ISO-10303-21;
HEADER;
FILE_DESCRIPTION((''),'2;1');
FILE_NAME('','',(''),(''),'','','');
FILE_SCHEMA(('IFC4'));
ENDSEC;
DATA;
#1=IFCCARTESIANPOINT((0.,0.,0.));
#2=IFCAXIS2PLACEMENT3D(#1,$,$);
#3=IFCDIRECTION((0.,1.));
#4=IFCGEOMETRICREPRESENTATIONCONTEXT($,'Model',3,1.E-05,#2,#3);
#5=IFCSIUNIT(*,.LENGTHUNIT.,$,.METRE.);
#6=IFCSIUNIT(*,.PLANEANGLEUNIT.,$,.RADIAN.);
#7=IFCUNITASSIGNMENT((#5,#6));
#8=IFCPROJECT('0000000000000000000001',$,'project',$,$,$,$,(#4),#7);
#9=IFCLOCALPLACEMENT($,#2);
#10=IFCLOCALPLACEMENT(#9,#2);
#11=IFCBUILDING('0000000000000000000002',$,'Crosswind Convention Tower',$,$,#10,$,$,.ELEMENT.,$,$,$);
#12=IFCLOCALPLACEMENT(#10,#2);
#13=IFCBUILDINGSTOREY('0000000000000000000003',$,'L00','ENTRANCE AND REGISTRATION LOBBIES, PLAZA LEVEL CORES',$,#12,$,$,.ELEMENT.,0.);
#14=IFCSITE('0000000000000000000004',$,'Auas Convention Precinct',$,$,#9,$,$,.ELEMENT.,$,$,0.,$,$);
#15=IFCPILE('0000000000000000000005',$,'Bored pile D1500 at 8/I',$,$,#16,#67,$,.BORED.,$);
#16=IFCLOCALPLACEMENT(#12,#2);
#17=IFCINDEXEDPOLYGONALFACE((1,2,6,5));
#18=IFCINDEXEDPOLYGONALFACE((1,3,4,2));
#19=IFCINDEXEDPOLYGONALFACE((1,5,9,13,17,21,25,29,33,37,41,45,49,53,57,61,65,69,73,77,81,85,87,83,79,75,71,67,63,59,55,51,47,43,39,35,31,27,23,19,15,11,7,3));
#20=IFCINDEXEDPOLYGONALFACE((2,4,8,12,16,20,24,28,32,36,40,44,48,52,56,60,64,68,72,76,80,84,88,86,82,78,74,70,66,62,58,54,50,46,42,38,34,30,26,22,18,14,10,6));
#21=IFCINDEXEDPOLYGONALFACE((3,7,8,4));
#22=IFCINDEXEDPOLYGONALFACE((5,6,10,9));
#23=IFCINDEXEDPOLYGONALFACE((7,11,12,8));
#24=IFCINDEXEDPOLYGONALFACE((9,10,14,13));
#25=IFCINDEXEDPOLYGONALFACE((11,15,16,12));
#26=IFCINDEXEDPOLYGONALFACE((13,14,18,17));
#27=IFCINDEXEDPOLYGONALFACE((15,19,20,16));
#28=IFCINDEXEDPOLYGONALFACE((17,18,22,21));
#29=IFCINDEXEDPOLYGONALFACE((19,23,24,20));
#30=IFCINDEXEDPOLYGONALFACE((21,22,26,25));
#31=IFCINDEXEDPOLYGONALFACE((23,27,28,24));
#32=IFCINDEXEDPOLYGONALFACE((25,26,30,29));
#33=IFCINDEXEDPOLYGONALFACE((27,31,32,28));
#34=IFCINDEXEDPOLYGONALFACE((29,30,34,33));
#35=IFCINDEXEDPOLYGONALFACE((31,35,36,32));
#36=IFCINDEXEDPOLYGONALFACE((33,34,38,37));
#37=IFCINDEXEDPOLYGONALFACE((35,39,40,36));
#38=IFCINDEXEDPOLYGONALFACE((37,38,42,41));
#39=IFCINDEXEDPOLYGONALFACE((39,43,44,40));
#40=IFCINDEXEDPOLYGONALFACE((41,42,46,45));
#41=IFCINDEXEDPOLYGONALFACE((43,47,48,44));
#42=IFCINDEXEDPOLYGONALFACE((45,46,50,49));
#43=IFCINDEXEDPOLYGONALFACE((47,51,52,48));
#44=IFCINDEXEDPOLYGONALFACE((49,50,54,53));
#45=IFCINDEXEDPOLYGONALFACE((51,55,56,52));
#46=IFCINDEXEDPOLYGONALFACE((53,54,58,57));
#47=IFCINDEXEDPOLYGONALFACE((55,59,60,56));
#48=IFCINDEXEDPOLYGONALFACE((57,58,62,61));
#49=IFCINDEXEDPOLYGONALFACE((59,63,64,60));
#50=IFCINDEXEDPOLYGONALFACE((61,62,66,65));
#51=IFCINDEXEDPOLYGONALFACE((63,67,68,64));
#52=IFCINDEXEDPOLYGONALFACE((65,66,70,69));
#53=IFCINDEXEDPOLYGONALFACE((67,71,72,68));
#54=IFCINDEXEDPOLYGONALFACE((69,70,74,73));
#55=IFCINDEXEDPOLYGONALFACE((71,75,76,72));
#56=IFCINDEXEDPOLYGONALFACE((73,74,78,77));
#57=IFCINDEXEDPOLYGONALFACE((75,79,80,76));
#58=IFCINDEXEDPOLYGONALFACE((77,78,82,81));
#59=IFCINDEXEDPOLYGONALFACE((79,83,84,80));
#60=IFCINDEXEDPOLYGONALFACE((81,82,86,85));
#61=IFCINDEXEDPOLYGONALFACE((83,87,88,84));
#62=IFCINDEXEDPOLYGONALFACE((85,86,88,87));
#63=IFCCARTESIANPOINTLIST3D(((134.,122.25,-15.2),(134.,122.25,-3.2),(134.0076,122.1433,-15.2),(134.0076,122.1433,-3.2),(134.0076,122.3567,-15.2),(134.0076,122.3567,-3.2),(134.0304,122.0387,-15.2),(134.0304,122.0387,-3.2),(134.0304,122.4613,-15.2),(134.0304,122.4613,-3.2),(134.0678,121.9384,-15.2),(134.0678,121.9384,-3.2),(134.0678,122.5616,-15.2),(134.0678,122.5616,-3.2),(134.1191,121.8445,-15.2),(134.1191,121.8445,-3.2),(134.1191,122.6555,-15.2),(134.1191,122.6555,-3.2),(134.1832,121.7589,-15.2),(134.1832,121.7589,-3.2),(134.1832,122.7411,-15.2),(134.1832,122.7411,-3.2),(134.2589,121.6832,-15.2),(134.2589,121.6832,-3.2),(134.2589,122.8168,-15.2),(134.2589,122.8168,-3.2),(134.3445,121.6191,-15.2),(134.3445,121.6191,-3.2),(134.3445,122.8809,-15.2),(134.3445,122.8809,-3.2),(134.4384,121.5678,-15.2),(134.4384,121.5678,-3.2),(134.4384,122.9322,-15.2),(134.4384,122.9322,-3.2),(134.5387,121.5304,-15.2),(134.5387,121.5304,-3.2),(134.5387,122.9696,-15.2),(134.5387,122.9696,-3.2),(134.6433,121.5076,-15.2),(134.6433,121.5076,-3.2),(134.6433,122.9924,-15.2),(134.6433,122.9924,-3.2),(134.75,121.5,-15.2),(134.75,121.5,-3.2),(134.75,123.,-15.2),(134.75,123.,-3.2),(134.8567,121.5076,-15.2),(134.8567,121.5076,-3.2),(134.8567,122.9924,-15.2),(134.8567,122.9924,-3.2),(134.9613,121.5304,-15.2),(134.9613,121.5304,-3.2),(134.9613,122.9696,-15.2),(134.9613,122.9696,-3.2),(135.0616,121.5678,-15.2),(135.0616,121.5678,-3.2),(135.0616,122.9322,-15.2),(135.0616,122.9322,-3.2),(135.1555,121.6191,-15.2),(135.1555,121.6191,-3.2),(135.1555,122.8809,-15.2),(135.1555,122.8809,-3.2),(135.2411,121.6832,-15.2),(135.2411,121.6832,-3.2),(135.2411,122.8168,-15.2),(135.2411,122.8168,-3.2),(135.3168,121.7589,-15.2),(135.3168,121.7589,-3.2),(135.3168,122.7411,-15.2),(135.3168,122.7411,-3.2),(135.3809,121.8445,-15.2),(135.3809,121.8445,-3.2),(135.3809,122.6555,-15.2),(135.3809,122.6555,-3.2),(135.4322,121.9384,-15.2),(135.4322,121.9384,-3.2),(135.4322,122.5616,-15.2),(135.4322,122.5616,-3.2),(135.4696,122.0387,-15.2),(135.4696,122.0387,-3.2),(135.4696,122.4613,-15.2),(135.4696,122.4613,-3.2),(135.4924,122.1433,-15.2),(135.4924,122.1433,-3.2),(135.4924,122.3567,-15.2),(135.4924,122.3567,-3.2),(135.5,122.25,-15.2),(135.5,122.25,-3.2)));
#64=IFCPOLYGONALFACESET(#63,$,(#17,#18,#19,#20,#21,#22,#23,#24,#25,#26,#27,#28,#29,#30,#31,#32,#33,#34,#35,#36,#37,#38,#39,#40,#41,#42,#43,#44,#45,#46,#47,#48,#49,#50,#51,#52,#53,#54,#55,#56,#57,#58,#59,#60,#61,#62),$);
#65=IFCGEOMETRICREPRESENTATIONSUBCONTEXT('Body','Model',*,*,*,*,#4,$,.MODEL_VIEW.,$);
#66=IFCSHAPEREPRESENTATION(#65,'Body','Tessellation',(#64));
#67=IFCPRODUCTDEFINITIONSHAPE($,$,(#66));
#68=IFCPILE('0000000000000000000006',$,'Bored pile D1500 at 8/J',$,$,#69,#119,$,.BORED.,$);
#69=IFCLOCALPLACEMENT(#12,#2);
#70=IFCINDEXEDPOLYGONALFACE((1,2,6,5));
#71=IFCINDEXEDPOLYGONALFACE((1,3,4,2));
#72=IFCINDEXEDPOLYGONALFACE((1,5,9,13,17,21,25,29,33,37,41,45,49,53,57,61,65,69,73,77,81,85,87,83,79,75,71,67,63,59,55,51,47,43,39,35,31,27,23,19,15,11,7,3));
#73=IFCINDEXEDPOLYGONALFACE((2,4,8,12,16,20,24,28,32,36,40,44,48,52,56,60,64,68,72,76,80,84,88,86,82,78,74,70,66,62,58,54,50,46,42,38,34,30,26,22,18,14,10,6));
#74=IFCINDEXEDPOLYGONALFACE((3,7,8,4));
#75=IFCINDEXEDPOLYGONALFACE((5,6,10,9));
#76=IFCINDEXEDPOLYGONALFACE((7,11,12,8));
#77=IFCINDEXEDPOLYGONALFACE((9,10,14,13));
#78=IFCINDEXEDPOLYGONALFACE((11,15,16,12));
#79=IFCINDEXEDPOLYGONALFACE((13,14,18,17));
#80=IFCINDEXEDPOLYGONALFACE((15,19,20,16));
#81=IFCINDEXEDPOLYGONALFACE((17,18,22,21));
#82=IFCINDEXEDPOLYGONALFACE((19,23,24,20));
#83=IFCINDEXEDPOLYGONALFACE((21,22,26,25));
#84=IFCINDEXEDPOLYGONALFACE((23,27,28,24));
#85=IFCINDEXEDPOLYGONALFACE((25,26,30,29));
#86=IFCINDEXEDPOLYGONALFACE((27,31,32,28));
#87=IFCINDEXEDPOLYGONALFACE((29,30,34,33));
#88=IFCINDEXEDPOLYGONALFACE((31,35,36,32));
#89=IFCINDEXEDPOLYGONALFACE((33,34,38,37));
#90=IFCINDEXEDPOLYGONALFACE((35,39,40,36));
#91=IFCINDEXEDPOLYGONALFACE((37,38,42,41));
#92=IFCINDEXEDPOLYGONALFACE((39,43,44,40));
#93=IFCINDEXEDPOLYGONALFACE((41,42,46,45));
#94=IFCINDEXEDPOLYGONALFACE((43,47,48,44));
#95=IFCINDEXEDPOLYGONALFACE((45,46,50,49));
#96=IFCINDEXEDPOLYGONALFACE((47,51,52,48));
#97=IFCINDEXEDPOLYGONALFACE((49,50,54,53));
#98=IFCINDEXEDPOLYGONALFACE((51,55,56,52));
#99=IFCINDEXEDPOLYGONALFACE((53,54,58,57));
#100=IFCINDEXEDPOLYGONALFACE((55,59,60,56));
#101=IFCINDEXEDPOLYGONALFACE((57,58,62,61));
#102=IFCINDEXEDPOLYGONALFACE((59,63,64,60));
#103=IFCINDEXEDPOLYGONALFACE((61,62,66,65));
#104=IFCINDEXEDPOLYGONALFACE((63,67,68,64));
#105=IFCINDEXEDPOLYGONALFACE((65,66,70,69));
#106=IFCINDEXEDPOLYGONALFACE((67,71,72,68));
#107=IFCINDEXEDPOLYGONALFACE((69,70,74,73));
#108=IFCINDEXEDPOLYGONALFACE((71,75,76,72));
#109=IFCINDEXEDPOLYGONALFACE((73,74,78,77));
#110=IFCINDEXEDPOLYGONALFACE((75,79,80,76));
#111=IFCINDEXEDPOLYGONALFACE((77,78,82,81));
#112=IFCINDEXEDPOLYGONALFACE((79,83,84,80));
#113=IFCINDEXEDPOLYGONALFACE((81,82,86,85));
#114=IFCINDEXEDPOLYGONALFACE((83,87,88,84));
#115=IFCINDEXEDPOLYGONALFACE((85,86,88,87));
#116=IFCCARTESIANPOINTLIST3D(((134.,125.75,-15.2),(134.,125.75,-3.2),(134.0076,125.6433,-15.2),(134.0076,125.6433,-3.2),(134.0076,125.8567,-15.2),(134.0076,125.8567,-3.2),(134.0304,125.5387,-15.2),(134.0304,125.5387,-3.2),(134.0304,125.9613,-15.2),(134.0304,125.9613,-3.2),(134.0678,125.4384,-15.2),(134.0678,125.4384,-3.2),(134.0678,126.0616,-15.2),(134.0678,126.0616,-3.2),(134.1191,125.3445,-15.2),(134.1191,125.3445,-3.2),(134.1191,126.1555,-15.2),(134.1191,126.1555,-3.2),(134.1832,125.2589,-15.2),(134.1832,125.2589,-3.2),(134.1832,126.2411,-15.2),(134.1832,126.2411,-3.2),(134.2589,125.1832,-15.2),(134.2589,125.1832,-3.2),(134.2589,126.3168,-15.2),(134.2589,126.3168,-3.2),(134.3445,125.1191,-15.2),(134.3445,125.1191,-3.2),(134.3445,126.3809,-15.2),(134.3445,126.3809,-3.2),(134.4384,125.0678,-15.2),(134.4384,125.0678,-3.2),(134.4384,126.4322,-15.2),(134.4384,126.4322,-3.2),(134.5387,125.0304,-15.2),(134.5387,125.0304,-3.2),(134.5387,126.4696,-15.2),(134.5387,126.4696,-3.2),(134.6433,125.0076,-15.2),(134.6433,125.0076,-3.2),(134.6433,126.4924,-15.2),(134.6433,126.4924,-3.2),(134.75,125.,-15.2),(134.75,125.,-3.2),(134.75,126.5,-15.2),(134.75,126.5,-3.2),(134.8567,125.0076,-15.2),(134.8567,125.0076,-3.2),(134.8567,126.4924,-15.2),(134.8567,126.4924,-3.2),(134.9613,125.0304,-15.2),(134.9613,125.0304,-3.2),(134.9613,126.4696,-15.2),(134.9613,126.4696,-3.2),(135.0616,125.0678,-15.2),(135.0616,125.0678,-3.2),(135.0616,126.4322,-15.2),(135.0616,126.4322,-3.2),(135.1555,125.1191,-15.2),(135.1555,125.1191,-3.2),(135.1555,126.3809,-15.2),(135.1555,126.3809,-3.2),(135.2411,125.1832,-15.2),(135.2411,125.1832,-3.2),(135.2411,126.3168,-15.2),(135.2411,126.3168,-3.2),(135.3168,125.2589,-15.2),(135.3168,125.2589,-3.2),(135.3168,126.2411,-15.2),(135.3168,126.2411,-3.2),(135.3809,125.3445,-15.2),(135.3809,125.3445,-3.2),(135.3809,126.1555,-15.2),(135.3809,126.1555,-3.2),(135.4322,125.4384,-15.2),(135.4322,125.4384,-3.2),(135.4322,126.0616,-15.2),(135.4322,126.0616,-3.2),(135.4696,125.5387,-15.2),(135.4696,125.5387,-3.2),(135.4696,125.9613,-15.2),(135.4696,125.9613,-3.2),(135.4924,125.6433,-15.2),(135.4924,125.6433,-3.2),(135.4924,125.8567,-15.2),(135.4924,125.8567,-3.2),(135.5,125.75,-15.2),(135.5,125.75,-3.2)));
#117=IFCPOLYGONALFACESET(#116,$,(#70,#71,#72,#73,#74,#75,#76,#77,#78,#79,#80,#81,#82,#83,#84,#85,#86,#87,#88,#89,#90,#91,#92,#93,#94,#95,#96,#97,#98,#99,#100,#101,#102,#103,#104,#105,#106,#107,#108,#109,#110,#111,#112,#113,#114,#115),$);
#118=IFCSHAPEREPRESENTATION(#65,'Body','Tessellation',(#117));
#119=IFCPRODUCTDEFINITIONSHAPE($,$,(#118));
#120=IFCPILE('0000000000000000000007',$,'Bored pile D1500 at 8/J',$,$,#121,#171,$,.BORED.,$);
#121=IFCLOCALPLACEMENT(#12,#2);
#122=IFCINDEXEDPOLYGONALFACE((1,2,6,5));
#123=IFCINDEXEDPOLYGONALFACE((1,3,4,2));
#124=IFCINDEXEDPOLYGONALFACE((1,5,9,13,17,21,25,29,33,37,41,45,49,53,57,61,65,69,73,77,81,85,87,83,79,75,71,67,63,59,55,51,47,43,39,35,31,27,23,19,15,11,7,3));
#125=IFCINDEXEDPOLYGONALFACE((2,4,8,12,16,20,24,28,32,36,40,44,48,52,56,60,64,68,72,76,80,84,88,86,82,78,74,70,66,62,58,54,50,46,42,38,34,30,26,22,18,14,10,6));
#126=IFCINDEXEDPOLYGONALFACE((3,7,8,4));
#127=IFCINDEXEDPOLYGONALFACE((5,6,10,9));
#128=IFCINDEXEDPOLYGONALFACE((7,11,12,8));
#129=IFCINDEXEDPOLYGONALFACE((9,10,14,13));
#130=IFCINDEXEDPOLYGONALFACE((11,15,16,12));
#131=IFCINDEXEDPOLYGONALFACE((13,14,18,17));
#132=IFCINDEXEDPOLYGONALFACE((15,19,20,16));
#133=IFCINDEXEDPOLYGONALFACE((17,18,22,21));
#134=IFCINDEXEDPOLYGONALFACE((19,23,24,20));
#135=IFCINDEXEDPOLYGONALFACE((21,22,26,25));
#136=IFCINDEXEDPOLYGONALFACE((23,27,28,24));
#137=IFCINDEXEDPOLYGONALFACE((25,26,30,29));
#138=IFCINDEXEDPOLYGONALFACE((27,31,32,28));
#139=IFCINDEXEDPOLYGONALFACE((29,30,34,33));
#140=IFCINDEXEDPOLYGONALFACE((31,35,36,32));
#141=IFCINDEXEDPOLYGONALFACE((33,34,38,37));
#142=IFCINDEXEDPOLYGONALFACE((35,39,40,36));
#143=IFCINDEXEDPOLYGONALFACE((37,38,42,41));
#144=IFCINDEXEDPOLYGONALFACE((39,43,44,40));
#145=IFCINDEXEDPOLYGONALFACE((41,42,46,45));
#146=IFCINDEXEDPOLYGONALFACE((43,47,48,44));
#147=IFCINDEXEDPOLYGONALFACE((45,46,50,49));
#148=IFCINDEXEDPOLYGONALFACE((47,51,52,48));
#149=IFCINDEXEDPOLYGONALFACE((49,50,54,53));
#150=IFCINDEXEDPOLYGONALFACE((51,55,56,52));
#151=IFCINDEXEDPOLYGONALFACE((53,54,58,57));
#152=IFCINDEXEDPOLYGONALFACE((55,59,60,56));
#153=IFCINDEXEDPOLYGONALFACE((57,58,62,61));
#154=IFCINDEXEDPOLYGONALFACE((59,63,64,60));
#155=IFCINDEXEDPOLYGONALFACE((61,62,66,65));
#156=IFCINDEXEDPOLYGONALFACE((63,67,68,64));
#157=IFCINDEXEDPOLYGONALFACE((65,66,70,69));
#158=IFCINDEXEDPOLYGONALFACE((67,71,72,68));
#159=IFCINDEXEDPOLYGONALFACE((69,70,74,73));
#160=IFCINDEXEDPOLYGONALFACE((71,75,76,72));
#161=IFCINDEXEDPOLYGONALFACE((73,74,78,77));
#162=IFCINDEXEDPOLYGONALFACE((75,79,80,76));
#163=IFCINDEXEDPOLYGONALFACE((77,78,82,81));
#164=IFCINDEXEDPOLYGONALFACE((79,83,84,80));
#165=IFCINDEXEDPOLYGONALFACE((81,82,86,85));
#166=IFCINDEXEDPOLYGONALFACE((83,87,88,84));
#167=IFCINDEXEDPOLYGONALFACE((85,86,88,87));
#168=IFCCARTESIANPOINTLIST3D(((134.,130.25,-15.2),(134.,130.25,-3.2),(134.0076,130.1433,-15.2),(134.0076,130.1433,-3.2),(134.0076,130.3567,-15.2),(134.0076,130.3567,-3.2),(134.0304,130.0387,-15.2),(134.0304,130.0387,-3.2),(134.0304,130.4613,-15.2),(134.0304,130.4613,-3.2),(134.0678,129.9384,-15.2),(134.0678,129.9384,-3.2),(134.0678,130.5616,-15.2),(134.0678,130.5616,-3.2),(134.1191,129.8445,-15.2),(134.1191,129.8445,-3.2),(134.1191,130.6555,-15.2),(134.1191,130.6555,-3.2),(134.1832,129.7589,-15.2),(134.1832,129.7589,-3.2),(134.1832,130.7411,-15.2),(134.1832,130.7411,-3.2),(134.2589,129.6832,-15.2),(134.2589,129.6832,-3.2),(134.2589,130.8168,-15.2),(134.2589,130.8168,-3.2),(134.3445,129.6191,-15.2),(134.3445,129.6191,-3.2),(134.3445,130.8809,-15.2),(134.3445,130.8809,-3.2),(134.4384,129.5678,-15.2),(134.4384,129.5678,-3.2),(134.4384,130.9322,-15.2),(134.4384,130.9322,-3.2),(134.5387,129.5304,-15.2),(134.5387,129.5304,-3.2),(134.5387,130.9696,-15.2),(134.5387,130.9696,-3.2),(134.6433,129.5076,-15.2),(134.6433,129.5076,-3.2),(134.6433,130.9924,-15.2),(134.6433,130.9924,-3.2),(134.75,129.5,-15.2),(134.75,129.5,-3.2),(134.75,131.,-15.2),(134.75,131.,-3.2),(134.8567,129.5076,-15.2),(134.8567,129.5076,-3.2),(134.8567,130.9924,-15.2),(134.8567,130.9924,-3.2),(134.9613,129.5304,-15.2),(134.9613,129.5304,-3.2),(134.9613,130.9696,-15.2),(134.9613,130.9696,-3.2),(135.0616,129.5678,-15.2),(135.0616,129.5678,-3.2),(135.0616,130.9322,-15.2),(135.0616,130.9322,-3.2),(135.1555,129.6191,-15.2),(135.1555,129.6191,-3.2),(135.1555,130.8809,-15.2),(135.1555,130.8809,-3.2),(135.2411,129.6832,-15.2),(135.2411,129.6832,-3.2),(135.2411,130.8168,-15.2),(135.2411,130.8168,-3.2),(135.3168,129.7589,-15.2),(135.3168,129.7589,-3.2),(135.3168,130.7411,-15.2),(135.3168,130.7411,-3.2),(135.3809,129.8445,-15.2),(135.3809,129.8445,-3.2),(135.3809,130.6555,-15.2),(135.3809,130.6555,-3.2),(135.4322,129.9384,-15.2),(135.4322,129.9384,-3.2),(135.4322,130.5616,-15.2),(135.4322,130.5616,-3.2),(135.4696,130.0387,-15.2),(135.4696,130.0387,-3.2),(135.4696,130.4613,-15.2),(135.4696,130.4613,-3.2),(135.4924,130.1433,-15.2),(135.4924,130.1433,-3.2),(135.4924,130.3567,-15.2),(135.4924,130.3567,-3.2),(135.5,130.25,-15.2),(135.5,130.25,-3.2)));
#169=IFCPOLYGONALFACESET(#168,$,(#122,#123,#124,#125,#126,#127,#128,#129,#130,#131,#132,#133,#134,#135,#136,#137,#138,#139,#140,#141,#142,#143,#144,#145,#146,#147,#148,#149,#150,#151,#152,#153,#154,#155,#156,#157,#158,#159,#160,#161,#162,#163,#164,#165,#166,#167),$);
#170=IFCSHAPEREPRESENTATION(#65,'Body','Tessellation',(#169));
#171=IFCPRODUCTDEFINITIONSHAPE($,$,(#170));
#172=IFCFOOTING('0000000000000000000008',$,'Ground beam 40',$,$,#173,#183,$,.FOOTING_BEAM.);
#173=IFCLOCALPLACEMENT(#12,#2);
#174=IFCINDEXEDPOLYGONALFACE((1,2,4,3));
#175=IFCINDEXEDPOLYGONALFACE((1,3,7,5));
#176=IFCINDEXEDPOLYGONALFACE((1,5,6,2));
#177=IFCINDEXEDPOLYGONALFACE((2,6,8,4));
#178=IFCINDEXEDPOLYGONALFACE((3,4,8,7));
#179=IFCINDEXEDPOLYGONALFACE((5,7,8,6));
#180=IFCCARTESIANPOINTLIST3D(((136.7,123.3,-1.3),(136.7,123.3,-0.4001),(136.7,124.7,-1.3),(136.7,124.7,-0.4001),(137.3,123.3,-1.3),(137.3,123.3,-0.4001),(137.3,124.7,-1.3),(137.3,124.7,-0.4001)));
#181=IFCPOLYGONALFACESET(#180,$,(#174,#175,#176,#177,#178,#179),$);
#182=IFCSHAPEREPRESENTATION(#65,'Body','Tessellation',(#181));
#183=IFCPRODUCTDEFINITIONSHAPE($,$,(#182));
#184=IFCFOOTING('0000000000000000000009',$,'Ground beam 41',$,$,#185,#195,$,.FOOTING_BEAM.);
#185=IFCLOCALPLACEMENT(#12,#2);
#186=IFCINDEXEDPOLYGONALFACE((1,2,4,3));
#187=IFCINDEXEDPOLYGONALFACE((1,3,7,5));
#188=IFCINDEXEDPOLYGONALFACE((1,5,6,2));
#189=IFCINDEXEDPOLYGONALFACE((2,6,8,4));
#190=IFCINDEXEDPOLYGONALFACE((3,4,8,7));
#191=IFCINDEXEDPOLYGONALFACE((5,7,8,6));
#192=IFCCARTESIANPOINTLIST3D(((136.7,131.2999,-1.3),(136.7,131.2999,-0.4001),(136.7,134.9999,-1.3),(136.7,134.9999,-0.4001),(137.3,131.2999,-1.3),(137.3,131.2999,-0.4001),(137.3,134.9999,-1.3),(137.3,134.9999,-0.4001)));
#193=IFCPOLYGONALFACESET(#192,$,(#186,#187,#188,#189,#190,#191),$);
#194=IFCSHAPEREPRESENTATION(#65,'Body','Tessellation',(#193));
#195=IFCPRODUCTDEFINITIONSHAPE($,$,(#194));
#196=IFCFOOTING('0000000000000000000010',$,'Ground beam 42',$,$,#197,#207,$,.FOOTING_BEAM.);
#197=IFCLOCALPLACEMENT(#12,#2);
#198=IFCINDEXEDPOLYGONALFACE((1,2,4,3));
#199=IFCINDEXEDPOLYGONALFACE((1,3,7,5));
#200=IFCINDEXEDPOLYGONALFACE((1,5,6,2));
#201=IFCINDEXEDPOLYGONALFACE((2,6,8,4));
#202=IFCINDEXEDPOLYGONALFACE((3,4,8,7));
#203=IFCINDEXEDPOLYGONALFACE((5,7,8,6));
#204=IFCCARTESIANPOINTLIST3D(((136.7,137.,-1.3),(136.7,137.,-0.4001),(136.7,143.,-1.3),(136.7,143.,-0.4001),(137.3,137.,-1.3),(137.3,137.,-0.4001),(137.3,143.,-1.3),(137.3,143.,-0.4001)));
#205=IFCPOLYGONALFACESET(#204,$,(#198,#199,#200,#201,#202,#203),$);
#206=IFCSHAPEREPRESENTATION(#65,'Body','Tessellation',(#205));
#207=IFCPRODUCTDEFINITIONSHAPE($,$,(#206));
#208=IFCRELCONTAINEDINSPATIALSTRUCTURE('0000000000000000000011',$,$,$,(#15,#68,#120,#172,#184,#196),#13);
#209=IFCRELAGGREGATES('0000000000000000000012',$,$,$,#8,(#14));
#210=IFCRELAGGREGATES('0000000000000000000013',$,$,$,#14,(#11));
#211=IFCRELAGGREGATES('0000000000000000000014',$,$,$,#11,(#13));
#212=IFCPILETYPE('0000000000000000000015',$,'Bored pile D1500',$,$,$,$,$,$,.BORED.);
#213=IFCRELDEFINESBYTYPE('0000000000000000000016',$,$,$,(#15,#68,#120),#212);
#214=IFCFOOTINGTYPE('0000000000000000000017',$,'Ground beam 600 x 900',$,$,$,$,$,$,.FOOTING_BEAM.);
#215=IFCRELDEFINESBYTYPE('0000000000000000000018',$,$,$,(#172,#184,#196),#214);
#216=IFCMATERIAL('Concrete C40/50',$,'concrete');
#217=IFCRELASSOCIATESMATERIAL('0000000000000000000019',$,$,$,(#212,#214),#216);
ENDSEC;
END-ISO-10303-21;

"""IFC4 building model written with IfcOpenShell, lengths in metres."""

from ifc_helpers import new_model, si_unit, direction, frame, origin, origin_2d, place, context, subcontext, project, spatial, rectangle, circle, extrude, material, material_profile, profile_set, type_object, element, save


model = new_model("IFC4")

# Units and contexts
model_context = context("Model", 3, precision=1e-05, world=origin(), true_north=direction((0.0, 1.0)))
body_context = subcontext(model_context, "Body", "Model", "MODEL_VIEW")
ifc_project = project(units=[si_unit("LENGTHUNIT", "METRE"), si_unit("PLANEANGLEUNIT", "RADIAN")], contexts=[model_context])

# Site, building, storey
site_placement = place(None, origin())
site = spatial("IfcSite", under=ifc_project, at=site_placement, Name="Auas Convention Precinct", CompositionType="ELEMENT", RefElevation=0.0)
building_placement = place(site_placement, origin())
building = spatial("IfcBuilding", under=site, at=building_placement, Name="Crosswind Convention Tower", CompositionType="ELEMENT")
storey_placement = place(building_placement, origin())
storey = spatial("IfcBuildingStorey", under=building, at=storey_placement, Name="L00", Description="ENTRANCE AND REGISTRATION LOBBIES, PLAZA LEVEL CORES", CompositionType="ELEMENT", Elevation=0.0)

# Piles
ifc_material_1 = material(Name="Concrete C40/50", Category="concrete")
ifc_material_profile_1 = material_profile(ifc_material_1, circle(Radius=0.75, at=origin_2d()), Name="Bored pile D1500")
ifc_profile_set_1 = profile_set([ifc_material_profile_1], Name="Concrete C40/50")
pile_type_1 = type_object("IfcPileType", Name="Bored pile D1500", PredefinedType="BORED", material=ifc_profile_set_1)
for number, where, z_axis, x_axis, name in (
    (1, (134.75, 122.25, -3.2), (0.0, 0.0, -1.0), (1.0, 0.0, 0.0), "Bored pile D1500 at 8/I"),
    (2, (134.75, 125.75, -3.2), (0.0, 0.0, -1.0), (1.0, 0.0, 0.0), "Bored pile D1500 at 8/J"),
    (3, (134.75, 130.25, -3.2), (0.0, 0.0, -1.0), (1.0, 0.0, 0.0), "Bored pile D1500 at 8/J"),
):
    element("IfcPile", number, at=place(storey_placement, frame(where, z_axis=z_axis, x_axis=x_axis)), inside=storey, type_object=pile_type_1, Name=name, PredefinedType="BORED", context=body_context, shape_type="SweptSolid", body=[
        extrude(circle(Radius=0.75, at=origin_2d()), origin(), (0.0, 0.0, 1.0), 12.0),
    ])

# Footings
footing_type_1 = type_object("IfcFootingType", Name="Ground beam 600 x 900", PredefinedType="FOOTING_BEAM", material=ifc_material_1)
footing_1_placement = place(storey_placement, frame((137.0, 124.0, -1.3), z_axis=(0.0, 0.0, 1.0), x_axis=(1.0, 0.0, 0.0)))
element("IfcFooting", 4, at=footing_1_placement, inside=storey, type_object=footing_type_1, Name="Ground beam 40", PredefinedType="FOOTING_BEAM", context=body_context, shape_type="SweptSolid", body=[
    extrude(rectangle(XDim=0.6001, YDim=1.3999, at=origin_2d()), origin(), (0.0, 0.0, 1.0), 0.8999),
])
footing_2_placement = place(storey_placement, frame((137.0, 133.1499, -1.3), z_axis=(0.0, 0.0, 1.0), x_axis=(1.0, 0.0, 0.0)))
element("IfcFooting", 5, at=footing_2_placement, inside=storey, type_object=footing_type_1, Name="Ground beam 41", PredefinedType="FOOTING_BEAM", context=body_context, shape_type="SweptSolid", body=[
    extrude(rectangle(XDim=0.6001, YDim=3.7, at=origin_2d()), origin(), (0.0, 0.0, 1.0), 0.8999),
])
footing_3_placement = place(storey_placement, frame((137.0, 140.0, -1.3), z_axis=(0.0, 0.0, 1.0), x_axis=(1.0, 0.0, 0.0)))
element("IfcFooting", 6, at=footing_3_placement, inside=storey, type_object=footing_type_1, Name="Ground beam 42", PredefinedType="FOOTING_BEAM", context=body_context, shape_type="SweptSolid", body=[
    extrude(rectangle(XDim=0.6001, YDim=6.0, at=origin_2d()), origin(), (0.0, 0.0, 1.0), 0.8999),
])

save(model, "model.ifc")
